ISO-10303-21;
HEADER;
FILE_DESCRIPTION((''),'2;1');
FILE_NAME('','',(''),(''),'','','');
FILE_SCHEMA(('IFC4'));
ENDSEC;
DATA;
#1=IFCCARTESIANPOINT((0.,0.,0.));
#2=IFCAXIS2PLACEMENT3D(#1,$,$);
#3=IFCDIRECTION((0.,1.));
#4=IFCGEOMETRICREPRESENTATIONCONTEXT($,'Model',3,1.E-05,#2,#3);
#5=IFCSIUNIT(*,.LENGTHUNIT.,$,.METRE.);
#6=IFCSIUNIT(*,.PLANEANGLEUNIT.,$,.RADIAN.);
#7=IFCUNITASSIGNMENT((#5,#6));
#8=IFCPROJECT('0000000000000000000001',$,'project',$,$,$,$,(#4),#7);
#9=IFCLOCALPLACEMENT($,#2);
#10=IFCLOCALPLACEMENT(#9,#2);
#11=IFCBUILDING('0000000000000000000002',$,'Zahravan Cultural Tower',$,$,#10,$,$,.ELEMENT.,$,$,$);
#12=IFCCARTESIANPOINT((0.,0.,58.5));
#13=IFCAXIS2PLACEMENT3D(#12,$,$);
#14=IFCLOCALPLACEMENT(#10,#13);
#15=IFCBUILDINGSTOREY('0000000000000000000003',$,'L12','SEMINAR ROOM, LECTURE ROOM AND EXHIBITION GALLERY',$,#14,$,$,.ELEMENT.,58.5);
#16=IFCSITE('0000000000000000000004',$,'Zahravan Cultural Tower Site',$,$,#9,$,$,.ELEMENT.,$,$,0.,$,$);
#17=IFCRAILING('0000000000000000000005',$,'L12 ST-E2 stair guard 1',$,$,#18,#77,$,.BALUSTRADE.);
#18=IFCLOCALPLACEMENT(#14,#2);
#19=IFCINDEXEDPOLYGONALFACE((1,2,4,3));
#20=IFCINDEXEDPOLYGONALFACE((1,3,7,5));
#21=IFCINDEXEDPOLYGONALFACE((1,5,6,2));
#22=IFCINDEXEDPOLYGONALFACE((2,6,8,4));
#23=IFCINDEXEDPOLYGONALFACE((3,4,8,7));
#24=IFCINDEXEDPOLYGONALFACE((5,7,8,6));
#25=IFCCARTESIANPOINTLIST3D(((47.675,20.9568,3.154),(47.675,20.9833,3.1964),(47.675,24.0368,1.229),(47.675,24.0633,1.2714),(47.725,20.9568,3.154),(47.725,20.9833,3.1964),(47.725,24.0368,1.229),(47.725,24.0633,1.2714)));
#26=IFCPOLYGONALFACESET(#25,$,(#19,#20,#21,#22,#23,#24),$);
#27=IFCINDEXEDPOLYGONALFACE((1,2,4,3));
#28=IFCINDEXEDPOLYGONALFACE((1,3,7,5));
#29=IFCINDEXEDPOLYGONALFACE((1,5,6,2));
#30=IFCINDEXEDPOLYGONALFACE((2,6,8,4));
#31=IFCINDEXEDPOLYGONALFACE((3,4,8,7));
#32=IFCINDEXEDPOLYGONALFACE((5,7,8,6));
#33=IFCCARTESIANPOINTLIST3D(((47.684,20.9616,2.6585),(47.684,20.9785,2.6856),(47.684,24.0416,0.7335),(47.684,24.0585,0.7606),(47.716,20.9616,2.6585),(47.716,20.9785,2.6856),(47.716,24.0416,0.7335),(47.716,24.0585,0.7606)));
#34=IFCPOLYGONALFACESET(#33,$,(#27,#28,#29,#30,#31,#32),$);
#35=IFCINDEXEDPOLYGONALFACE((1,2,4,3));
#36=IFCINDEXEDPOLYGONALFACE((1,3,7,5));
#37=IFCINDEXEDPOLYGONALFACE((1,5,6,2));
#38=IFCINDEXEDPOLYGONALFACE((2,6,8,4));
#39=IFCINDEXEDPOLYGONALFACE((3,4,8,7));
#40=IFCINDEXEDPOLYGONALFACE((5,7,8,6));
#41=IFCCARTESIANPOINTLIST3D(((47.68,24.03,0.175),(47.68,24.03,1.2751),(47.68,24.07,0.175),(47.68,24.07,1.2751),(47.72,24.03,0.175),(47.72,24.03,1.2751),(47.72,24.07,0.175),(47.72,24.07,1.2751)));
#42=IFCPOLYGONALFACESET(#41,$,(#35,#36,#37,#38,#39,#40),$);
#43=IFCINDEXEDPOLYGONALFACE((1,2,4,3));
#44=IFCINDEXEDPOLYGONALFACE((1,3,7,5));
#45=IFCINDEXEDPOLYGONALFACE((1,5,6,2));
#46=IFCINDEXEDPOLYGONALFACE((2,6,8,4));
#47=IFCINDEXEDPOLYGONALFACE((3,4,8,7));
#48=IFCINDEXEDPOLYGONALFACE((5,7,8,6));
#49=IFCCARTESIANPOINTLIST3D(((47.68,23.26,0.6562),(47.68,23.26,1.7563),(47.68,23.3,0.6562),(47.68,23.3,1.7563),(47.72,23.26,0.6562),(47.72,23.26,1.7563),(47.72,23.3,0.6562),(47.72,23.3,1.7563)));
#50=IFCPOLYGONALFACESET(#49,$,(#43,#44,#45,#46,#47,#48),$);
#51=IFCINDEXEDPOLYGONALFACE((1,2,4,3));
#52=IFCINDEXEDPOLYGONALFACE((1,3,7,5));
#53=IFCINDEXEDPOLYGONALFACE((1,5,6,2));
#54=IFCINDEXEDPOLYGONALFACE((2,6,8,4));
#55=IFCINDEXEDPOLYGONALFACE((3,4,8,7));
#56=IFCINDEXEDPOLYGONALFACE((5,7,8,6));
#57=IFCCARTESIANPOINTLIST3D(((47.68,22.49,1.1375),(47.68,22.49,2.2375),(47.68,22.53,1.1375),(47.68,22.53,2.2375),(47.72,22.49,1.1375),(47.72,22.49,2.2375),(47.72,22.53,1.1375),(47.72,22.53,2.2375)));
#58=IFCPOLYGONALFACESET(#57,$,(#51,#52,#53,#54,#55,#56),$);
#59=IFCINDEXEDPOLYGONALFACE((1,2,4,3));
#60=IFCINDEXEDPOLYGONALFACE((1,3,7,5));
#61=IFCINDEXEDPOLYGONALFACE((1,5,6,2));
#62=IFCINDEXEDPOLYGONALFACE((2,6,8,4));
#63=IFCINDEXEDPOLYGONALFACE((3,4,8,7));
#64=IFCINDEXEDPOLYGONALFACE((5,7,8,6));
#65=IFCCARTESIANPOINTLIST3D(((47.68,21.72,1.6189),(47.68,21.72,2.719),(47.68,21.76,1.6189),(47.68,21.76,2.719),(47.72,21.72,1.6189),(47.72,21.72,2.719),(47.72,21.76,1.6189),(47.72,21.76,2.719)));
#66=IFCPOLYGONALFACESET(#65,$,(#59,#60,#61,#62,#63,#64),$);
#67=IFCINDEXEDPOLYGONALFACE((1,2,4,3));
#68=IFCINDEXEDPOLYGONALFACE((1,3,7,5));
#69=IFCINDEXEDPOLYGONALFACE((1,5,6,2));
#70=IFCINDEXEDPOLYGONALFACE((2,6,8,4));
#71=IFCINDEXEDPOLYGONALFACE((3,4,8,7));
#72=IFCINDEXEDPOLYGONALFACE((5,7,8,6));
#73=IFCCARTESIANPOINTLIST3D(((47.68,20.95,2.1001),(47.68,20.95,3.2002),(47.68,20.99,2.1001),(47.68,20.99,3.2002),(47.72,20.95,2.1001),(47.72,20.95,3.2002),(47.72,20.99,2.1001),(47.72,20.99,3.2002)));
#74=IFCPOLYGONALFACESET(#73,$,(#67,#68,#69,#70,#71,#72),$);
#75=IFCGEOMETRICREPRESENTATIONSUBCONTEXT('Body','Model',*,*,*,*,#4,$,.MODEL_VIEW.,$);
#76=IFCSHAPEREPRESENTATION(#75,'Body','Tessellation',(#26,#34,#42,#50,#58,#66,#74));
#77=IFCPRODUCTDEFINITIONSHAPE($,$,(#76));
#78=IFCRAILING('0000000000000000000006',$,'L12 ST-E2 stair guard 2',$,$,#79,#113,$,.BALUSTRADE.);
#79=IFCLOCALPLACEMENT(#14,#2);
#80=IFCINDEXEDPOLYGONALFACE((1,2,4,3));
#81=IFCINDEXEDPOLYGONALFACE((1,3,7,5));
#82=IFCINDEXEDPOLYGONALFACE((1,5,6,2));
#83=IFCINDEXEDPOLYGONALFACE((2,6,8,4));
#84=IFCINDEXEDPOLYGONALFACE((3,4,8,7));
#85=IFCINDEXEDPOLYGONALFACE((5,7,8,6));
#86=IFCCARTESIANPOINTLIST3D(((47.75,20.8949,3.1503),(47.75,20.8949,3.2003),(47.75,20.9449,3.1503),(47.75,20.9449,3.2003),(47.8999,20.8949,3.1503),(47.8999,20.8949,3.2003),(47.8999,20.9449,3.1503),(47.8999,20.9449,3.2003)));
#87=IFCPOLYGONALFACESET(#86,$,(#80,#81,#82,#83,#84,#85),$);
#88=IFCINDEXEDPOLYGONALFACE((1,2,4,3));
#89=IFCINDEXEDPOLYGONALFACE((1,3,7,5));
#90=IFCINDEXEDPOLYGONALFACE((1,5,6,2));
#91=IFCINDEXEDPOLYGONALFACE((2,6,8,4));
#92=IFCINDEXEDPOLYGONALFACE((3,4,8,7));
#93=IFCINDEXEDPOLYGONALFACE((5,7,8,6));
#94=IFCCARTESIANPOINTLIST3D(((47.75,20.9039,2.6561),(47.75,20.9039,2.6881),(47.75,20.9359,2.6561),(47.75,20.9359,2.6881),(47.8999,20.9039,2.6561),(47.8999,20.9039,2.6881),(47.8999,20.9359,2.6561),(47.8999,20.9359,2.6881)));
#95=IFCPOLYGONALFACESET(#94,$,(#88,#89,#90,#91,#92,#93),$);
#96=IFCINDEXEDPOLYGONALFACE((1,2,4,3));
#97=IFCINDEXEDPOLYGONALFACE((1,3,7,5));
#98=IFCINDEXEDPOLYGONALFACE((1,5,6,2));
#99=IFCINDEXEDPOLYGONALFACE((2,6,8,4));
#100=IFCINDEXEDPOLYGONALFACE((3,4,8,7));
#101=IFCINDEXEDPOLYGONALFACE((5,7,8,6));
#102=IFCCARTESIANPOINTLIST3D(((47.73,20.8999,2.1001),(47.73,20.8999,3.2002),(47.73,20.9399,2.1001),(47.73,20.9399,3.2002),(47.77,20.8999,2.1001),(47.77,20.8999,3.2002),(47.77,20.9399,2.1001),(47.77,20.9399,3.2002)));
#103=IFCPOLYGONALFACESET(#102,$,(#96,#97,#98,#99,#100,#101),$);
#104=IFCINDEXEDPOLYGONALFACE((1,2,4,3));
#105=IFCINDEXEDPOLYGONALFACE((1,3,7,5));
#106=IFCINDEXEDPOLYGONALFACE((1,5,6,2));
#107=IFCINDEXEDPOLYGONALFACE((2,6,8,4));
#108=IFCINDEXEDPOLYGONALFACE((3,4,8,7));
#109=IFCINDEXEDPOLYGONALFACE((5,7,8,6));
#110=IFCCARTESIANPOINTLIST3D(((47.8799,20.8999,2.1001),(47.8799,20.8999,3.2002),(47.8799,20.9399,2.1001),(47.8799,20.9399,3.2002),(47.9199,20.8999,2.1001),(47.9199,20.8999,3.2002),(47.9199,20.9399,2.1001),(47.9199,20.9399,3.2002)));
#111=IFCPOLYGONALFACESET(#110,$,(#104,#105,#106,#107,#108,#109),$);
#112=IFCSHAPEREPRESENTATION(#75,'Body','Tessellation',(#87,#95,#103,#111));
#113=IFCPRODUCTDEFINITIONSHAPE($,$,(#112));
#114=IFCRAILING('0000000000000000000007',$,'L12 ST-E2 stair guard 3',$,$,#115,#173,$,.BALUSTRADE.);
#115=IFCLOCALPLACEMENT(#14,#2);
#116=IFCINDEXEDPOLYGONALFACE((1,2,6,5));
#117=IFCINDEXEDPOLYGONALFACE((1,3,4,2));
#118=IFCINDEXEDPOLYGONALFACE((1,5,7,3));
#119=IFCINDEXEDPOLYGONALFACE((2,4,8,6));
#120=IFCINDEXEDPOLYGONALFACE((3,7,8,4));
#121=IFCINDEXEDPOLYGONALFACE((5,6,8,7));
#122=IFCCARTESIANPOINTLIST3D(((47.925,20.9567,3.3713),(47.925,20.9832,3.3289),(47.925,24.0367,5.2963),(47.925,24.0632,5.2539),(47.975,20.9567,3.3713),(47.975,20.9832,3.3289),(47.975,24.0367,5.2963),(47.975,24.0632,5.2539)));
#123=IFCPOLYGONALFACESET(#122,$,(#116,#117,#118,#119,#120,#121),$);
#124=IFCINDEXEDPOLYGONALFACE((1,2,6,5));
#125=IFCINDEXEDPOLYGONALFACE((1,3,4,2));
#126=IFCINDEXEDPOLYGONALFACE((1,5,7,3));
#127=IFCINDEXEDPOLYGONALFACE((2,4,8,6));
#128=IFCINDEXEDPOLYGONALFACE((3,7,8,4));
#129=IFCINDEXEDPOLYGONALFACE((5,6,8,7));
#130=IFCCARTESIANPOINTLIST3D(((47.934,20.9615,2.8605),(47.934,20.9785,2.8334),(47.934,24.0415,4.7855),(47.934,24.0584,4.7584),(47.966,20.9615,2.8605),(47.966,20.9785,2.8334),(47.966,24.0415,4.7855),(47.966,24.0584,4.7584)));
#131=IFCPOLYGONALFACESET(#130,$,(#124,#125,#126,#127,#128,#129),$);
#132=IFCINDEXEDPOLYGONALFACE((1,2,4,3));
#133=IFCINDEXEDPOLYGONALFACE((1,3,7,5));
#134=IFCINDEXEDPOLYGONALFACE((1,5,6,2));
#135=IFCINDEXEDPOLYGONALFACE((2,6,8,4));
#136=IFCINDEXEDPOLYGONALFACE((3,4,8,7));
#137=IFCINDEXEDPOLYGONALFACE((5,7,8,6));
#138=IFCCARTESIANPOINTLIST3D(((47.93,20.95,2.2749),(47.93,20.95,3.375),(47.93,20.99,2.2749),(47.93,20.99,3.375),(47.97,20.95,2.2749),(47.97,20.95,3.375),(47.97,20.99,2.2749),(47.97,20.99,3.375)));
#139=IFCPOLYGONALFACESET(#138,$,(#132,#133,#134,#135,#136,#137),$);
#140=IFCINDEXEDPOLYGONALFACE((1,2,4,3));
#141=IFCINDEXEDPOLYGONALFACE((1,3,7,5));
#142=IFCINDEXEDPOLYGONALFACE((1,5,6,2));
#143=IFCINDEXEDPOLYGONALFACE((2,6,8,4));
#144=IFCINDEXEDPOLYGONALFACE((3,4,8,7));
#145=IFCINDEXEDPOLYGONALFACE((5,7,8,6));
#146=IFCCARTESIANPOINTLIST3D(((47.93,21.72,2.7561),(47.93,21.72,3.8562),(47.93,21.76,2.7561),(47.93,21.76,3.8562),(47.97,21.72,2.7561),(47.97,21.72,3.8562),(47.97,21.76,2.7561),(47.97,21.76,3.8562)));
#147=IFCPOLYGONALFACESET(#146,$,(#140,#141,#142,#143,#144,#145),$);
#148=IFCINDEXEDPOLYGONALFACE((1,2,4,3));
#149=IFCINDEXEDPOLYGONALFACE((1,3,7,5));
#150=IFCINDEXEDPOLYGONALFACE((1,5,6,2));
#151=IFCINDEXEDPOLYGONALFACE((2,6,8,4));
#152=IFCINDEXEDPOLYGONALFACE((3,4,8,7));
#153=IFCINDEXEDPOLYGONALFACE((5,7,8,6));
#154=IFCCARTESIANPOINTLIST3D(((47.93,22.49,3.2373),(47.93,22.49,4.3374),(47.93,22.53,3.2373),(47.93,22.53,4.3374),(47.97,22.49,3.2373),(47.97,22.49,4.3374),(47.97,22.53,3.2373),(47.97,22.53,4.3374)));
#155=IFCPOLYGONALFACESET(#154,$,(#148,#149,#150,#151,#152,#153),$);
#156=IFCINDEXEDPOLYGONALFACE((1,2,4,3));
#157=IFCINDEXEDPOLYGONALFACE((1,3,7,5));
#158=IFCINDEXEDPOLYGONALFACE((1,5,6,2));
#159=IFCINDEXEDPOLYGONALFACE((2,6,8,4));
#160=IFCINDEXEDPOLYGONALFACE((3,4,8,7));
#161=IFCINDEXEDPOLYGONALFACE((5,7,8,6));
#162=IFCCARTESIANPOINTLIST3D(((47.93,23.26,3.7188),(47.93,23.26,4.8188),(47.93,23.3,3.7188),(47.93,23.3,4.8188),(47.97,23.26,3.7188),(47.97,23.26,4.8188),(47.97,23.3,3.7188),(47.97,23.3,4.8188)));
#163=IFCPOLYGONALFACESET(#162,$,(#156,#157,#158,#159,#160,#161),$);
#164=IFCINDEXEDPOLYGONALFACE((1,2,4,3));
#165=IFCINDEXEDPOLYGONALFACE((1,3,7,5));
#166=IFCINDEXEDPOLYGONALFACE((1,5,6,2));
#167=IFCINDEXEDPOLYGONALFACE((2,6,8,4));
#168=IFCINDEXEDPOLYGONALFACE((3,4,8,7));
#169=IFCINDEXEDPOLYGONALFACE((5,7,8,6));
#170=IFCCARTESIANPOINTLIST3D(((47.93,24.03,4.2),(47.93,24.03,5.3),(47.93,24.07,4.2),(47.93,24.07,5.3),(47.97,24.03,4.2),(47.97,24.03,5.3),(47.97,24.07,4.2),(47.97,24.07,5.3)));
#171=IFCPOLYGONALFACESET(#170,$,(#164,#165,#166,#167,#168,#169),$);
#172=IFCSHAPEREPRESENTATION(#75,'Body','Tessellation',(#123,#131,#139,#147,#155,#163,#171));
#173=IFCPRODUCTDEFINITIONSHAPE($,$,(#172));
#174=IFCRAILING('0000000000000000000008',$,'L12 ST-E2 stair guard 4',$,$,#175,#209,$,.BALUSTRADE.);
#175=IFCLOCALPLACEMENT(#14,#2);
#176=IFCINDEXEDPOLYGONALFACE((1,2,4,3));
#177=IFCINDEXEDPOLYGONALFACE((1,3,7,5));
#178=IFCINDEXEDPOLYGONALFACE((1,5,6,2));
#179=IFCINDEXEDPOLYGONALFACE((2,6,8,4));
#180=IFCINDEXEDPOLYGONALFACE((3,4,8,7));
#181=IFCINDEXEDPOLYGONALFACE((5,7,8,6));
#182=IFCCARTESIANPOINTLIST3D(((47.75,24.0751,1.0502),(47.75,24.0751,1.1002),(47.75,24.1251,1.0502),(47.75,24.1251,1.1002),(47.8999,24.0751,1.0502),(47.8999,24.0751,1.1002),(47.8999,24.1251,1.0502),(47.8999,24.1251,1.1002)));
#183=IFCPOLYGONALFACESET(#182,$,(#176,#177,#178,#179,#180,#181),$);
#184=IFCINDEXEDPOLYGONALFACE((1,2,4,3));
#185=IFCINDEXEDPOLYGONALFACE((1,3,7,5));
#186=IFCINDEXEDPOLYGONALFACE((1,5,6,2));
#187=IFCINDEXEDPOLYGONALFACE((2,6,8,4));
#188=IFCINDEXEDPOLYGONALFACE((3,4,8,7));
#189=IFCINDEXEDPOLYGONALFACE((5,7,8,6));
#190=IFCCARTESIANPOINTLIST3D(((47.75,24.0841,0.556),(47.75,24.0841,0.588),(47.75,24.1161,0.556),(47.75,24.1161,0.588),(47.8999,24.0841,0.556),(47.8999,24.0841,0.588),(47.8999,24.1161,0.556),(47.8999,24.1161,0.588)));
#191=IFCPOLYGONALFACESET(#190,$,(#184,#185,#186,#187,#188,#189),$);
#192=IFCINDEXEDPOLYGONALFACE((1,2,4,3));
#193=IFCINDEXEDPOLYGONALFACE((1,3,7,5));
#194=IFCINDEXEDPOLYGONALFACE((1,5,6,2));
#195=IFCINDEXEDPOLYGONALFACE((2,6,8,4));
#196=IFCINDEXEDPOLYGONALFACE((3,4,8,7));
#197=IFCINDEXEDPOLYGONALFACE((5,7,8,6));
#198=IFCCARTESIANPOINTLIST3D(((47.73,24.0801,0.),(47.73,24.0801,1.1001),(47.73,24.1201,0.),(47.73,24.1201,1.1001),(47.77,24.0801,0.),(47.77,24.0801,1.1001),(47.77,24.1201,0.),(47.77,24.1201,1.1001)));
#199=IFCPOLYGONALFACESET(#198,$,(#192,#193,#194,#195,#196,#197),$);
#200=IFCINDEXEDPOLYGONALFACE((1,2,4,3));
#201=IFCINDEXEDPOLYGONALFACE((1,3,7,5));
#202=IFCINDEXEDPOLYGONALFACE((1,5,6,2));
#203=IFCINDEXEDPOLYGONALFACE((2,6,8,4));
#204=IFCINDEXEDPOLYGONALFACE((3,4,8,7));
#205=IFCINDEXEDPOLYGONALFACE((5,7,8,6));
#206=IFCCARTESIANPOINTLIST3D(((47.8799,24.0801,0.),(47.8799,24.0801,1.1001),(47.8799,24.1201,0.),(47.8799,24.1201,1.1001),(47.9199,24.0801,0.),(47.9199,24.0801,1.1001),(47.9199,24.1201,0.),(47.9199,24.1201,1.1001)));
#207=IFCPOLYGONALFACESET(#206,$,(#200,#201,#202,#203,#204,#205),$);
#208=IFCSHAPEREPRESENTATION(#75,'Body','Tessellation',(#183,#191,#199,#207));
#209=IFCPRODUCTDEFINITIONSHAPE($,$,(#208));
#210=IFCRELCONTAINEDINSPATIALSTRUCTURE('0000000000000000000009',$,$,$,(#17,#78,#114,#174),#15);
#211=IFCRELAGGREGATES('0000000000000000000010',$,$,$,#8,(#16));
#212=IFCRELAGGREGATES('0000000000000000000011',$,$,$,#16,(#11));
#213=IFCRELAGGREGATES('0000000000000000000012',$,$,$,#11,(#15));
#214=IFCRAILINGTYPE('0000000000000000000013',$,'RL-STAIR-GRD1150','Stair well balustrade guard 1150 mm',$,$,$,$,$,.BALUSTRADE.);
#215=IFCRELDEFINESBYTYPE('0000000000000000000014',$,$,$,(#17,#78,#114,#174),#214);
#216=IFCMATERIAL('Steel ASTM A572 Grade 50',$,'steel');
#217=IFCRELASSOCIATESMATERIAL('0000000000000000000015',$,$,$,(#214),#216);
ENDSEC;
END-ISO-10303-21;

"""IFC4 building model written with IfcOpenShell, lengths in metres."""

from ifc_helpers import new_model, si_unit, direction, frame, origin, origin_2d, place, context, subcontext, project, spatial, rectangle, extrude, material, type_object, element, save


model = new_model("IFC4")

# Units and contexts
model_context = context("Model", 3, precision=1e-05, world=origin(), true_north=direction((0.0, 1.0)))
body_context = subcontext(model_context, "Body", "Model", "MODEL_VIEW")
ifc_project = project(units=[si_unit("LENGTHUNIT", "METRE"), si_unit("PLANEANGLEUNIT", "RADIAN")], contexts=[model_context])

# Site, building, storey
site_placement = place(None, origin())
site = spatial("IfcSite", under=ifc_project, at=site_placement, Name="Zahravan Cultural Tower Site", CompositionType="ELEMENT", RefElevation=0.0)
building_placement = place(site_placement, origin())
building = spatial("IfcBuilding", under=site, at=building_placement, Name="Zahravan Cultural Tower", CompositionType="ELEMENT")
storey_placement = place(building_placement, frame((0.0, 0.0, 58.5)))
storey = spatial("IfcBuildingStorey", under=building, at=storey_placement, Name="L12", Description="SEMINAR ROOM, LECTURE ROOM AND EXHIBITION GALLERY", CompositionType="ELEMENT", Elevation=58.5)

# Shared definitions
ifc_material_1 = material(Name="Steel ASTM A572 Grade 50", Category="steel")

# Railings
railing_type_1 = type_object("IfcRailingType", Name="RL-STAIR-GRD1150", Description="Stair well balustrade guard 1150 mm", PredefinedType="BALUSTRADE", material=ifc_material_1)
railing_1_placement = place(storey_placement, frame((47.7, 24.05, 0.175)))
element("IfcRailing", 1, at=railing_1_placement, inside=storey, type_object=railing_type_1, Name="L12 ST-E2 stair guard 1", PredefinedType="BALUSTRADE", context=body_context, shape_type="SweptSolid", body=[
    extrude(rectangle(XDim=0.05, YDim=0.05, at=origin_2d()), frame((0.0, 0.0, 1.0752), z_axis=(0.0, -0.847998, 0.529999), x_axis=(1.0, 0.0, 0.0)), (0.0, 0.0, 1.0), 3.6321),
    extrude(rectangle(XDim=0.032, YDim=0.032, at=origin_2d()), frame((0.0, 0.0, 0.572), z_axis=(0.0, -0.847998, 0.529999), x_axis=(1.0, 0.0, 0.0)), (0.0, 0.0, 1.0), 3.6321),
    extrude(rectangle(XDim=0.04, YDim=0.04, at=origin_2d()), origin(), (0.0, 0.0, 1.0), 1.1001),
    extrude(rectangle(XDim=0.04, YDim=0.04, at=origin_2d()), frame((0.0, -0.77, 0.4812)), (0.0, 0.0, 1.0), 1.1001),
    extrude(rectangle(XDim=0.04, YDim=0.04, at=origin_2d()), frame((0.0, -1.54, 0.9624)), (0.0, 0.0, 1.0), 1.1001),
    extrude(rectangle(XDim=0.04, YDim=0.04, at=origin_2d()), frame((0.0, -2.3101, 1.4438)), (0.0, 0.0, 1.0), 1.1001),
    extrude(rectangle(XDim=0.04, YDim=0.04, at=origin_2d()), frame((0.0, -3.0801, 1.925)), (0.0, 0.0, 1.0), 1.1001),
])
railing_2_placement = place(storey_placement, frame((47.75, 20.9199, 2.1001)))
element("IfcRailing", 2, at=railing_2_placement, inside=storey, type_object=railing_type_1, Name="L12 ST-E2 stair guard 2", PredefinedType="BALUSTRADE", context=body_context, shape_type="SweptSolid", body=[
    extrude(rectangle(XDim=0.05, YDim=0.05, at=origin_2d()), frame((0.0, 0.0, 1.0752), z_axis=(1.0, 0.0, 0.0), x_axis=(0.0, 1.0, 0.0)), (0.0, 0.0, 1.0), 0.1499),
    extrude(rectangle(XDim=0.032, YDim=0.032, at=origin_2d()), frame((0.0, 0.0, 0.572), z_axis=(1.0, 0.0, 0.0), x_axis=(0.0, 1.0, 0.0)), (0.0, 0.0, 1.0), 0.1499),
    extrude(rectangle(XDim=0.04, YDim=0.04, at=origin_2d()), origin(), (0.0, 0.0, 1.0), 1.1001),
    extrude(rectangle(XDim=0.04, YDim=0.04, at=origin_2d()), frame((0.1499, 0.0, 0.0)), (0.0, 0.0, 1.0), 1.1001),
])
railing_3_placement = place(storey_placement, frame((47.95, 20.97, 2.2749)))
element("IfcRailing", 3, at=railing_3_placement, inside=storey, type_object=railing_type_1, Name="L12 ST-E2 stair guard 3", PredefinedType="BALUSTRADE", context=body_context, shape_type="SweptSolid", body=[
    extrude(rectangle(XDim=0.05, YDim=0.05, at=origin_2d()), frame((0.0, 0.0, 1.0752), z_axis=(0.0, 0.847998, 0.529999), x_axis=(-1.0, 0.0, 0.0)), (0.0, 0.0, 1.0), 3.6321),
    extrude(rectangle(XDim=0.032, YDim=0.032, at=origin_2d()), frame((0.0, 0.0, 0.572), z_axis=(0.0, 0.847998, 0.529999), x_axis=(-1.0, 0.0, 0.0)), (0.0, 0.0, 1.0), 3.6321),
    extrude(rectangle(XDim=0.04, YDim=0.04, at=origin_2d()), origin(), (0.0, 0.0, 1.0), 1.1001),
    extrude(rectangle(XDim=0.04, YDim=0.04, at=origin_2d()), frame((0.0, 0.77, 0.4812)), (0.0, 0.0, 1.0), 1.1001),
    extrude(rectangle(XDim=0.04, YDim=0.04, at=origin_2d()), frame((0.0, 1.54, 0.9624)), (0.0, 0.0, 1.0), 1.1001),
    extrude(rectangle(XDim=0.04, YDim=0.04, at=origin_2d()), frame((0.0, 2.3101, 1.4438)), (0.0, 0.0, 1.0), 1.1001),
    extrude(rectangle(XDim=0.04, YDim=0.04, at=origin_2d()), frame((0.0, 3.0801, 1.925)), (0.0, 0.0, 1.0), 1.1001),
])
railing_4_placement = place(storey_placement, frame((47.75, 24.1001, 0.0)))
element("IfcRailing", 4, at=railing_4_placement, inside=storey, type_object=railing_type_1, Name="L12 ST-E2 stair guard 4", PredefinedType="BALUSTRADE", context=body_context, shape_type="SweptSolid", body=[
    extrude(rectangle(XDim=0.05, YDim=0.05, at=origin_2d()), frame((0.0, 0.0, 1.0752), z_axis=(1.0, 0.0, 0.0), x_axis=(0.0, 1.0, 0.0)), (0.0, 0.0, 1.0), 0.1499),
    extrude(rectangle(XDim=0.032, YDim=0.032, at=origin_2d()), frame((0.0, 0.0, 0.572), z_axis=(1.0, 0.0, 0.0), x_axis=(0.0, 1.0, 0.0)), (0.0, 0.0, 1.0), 0.1499),
    extrude(rectangle(XDim=0.04, YDim=0.04, at=origin_2d()), origin(), (0.0, 0.0, 1.0), 1.1001),
    extrude(rectangle(XDim=0.04, YDim=0.04, at=origin_2d()), frame((0.1499, 0.0, 0.0)), (0.0, 0.0, 1.0), 1.1001),
])

save(model, "model.ifc")
